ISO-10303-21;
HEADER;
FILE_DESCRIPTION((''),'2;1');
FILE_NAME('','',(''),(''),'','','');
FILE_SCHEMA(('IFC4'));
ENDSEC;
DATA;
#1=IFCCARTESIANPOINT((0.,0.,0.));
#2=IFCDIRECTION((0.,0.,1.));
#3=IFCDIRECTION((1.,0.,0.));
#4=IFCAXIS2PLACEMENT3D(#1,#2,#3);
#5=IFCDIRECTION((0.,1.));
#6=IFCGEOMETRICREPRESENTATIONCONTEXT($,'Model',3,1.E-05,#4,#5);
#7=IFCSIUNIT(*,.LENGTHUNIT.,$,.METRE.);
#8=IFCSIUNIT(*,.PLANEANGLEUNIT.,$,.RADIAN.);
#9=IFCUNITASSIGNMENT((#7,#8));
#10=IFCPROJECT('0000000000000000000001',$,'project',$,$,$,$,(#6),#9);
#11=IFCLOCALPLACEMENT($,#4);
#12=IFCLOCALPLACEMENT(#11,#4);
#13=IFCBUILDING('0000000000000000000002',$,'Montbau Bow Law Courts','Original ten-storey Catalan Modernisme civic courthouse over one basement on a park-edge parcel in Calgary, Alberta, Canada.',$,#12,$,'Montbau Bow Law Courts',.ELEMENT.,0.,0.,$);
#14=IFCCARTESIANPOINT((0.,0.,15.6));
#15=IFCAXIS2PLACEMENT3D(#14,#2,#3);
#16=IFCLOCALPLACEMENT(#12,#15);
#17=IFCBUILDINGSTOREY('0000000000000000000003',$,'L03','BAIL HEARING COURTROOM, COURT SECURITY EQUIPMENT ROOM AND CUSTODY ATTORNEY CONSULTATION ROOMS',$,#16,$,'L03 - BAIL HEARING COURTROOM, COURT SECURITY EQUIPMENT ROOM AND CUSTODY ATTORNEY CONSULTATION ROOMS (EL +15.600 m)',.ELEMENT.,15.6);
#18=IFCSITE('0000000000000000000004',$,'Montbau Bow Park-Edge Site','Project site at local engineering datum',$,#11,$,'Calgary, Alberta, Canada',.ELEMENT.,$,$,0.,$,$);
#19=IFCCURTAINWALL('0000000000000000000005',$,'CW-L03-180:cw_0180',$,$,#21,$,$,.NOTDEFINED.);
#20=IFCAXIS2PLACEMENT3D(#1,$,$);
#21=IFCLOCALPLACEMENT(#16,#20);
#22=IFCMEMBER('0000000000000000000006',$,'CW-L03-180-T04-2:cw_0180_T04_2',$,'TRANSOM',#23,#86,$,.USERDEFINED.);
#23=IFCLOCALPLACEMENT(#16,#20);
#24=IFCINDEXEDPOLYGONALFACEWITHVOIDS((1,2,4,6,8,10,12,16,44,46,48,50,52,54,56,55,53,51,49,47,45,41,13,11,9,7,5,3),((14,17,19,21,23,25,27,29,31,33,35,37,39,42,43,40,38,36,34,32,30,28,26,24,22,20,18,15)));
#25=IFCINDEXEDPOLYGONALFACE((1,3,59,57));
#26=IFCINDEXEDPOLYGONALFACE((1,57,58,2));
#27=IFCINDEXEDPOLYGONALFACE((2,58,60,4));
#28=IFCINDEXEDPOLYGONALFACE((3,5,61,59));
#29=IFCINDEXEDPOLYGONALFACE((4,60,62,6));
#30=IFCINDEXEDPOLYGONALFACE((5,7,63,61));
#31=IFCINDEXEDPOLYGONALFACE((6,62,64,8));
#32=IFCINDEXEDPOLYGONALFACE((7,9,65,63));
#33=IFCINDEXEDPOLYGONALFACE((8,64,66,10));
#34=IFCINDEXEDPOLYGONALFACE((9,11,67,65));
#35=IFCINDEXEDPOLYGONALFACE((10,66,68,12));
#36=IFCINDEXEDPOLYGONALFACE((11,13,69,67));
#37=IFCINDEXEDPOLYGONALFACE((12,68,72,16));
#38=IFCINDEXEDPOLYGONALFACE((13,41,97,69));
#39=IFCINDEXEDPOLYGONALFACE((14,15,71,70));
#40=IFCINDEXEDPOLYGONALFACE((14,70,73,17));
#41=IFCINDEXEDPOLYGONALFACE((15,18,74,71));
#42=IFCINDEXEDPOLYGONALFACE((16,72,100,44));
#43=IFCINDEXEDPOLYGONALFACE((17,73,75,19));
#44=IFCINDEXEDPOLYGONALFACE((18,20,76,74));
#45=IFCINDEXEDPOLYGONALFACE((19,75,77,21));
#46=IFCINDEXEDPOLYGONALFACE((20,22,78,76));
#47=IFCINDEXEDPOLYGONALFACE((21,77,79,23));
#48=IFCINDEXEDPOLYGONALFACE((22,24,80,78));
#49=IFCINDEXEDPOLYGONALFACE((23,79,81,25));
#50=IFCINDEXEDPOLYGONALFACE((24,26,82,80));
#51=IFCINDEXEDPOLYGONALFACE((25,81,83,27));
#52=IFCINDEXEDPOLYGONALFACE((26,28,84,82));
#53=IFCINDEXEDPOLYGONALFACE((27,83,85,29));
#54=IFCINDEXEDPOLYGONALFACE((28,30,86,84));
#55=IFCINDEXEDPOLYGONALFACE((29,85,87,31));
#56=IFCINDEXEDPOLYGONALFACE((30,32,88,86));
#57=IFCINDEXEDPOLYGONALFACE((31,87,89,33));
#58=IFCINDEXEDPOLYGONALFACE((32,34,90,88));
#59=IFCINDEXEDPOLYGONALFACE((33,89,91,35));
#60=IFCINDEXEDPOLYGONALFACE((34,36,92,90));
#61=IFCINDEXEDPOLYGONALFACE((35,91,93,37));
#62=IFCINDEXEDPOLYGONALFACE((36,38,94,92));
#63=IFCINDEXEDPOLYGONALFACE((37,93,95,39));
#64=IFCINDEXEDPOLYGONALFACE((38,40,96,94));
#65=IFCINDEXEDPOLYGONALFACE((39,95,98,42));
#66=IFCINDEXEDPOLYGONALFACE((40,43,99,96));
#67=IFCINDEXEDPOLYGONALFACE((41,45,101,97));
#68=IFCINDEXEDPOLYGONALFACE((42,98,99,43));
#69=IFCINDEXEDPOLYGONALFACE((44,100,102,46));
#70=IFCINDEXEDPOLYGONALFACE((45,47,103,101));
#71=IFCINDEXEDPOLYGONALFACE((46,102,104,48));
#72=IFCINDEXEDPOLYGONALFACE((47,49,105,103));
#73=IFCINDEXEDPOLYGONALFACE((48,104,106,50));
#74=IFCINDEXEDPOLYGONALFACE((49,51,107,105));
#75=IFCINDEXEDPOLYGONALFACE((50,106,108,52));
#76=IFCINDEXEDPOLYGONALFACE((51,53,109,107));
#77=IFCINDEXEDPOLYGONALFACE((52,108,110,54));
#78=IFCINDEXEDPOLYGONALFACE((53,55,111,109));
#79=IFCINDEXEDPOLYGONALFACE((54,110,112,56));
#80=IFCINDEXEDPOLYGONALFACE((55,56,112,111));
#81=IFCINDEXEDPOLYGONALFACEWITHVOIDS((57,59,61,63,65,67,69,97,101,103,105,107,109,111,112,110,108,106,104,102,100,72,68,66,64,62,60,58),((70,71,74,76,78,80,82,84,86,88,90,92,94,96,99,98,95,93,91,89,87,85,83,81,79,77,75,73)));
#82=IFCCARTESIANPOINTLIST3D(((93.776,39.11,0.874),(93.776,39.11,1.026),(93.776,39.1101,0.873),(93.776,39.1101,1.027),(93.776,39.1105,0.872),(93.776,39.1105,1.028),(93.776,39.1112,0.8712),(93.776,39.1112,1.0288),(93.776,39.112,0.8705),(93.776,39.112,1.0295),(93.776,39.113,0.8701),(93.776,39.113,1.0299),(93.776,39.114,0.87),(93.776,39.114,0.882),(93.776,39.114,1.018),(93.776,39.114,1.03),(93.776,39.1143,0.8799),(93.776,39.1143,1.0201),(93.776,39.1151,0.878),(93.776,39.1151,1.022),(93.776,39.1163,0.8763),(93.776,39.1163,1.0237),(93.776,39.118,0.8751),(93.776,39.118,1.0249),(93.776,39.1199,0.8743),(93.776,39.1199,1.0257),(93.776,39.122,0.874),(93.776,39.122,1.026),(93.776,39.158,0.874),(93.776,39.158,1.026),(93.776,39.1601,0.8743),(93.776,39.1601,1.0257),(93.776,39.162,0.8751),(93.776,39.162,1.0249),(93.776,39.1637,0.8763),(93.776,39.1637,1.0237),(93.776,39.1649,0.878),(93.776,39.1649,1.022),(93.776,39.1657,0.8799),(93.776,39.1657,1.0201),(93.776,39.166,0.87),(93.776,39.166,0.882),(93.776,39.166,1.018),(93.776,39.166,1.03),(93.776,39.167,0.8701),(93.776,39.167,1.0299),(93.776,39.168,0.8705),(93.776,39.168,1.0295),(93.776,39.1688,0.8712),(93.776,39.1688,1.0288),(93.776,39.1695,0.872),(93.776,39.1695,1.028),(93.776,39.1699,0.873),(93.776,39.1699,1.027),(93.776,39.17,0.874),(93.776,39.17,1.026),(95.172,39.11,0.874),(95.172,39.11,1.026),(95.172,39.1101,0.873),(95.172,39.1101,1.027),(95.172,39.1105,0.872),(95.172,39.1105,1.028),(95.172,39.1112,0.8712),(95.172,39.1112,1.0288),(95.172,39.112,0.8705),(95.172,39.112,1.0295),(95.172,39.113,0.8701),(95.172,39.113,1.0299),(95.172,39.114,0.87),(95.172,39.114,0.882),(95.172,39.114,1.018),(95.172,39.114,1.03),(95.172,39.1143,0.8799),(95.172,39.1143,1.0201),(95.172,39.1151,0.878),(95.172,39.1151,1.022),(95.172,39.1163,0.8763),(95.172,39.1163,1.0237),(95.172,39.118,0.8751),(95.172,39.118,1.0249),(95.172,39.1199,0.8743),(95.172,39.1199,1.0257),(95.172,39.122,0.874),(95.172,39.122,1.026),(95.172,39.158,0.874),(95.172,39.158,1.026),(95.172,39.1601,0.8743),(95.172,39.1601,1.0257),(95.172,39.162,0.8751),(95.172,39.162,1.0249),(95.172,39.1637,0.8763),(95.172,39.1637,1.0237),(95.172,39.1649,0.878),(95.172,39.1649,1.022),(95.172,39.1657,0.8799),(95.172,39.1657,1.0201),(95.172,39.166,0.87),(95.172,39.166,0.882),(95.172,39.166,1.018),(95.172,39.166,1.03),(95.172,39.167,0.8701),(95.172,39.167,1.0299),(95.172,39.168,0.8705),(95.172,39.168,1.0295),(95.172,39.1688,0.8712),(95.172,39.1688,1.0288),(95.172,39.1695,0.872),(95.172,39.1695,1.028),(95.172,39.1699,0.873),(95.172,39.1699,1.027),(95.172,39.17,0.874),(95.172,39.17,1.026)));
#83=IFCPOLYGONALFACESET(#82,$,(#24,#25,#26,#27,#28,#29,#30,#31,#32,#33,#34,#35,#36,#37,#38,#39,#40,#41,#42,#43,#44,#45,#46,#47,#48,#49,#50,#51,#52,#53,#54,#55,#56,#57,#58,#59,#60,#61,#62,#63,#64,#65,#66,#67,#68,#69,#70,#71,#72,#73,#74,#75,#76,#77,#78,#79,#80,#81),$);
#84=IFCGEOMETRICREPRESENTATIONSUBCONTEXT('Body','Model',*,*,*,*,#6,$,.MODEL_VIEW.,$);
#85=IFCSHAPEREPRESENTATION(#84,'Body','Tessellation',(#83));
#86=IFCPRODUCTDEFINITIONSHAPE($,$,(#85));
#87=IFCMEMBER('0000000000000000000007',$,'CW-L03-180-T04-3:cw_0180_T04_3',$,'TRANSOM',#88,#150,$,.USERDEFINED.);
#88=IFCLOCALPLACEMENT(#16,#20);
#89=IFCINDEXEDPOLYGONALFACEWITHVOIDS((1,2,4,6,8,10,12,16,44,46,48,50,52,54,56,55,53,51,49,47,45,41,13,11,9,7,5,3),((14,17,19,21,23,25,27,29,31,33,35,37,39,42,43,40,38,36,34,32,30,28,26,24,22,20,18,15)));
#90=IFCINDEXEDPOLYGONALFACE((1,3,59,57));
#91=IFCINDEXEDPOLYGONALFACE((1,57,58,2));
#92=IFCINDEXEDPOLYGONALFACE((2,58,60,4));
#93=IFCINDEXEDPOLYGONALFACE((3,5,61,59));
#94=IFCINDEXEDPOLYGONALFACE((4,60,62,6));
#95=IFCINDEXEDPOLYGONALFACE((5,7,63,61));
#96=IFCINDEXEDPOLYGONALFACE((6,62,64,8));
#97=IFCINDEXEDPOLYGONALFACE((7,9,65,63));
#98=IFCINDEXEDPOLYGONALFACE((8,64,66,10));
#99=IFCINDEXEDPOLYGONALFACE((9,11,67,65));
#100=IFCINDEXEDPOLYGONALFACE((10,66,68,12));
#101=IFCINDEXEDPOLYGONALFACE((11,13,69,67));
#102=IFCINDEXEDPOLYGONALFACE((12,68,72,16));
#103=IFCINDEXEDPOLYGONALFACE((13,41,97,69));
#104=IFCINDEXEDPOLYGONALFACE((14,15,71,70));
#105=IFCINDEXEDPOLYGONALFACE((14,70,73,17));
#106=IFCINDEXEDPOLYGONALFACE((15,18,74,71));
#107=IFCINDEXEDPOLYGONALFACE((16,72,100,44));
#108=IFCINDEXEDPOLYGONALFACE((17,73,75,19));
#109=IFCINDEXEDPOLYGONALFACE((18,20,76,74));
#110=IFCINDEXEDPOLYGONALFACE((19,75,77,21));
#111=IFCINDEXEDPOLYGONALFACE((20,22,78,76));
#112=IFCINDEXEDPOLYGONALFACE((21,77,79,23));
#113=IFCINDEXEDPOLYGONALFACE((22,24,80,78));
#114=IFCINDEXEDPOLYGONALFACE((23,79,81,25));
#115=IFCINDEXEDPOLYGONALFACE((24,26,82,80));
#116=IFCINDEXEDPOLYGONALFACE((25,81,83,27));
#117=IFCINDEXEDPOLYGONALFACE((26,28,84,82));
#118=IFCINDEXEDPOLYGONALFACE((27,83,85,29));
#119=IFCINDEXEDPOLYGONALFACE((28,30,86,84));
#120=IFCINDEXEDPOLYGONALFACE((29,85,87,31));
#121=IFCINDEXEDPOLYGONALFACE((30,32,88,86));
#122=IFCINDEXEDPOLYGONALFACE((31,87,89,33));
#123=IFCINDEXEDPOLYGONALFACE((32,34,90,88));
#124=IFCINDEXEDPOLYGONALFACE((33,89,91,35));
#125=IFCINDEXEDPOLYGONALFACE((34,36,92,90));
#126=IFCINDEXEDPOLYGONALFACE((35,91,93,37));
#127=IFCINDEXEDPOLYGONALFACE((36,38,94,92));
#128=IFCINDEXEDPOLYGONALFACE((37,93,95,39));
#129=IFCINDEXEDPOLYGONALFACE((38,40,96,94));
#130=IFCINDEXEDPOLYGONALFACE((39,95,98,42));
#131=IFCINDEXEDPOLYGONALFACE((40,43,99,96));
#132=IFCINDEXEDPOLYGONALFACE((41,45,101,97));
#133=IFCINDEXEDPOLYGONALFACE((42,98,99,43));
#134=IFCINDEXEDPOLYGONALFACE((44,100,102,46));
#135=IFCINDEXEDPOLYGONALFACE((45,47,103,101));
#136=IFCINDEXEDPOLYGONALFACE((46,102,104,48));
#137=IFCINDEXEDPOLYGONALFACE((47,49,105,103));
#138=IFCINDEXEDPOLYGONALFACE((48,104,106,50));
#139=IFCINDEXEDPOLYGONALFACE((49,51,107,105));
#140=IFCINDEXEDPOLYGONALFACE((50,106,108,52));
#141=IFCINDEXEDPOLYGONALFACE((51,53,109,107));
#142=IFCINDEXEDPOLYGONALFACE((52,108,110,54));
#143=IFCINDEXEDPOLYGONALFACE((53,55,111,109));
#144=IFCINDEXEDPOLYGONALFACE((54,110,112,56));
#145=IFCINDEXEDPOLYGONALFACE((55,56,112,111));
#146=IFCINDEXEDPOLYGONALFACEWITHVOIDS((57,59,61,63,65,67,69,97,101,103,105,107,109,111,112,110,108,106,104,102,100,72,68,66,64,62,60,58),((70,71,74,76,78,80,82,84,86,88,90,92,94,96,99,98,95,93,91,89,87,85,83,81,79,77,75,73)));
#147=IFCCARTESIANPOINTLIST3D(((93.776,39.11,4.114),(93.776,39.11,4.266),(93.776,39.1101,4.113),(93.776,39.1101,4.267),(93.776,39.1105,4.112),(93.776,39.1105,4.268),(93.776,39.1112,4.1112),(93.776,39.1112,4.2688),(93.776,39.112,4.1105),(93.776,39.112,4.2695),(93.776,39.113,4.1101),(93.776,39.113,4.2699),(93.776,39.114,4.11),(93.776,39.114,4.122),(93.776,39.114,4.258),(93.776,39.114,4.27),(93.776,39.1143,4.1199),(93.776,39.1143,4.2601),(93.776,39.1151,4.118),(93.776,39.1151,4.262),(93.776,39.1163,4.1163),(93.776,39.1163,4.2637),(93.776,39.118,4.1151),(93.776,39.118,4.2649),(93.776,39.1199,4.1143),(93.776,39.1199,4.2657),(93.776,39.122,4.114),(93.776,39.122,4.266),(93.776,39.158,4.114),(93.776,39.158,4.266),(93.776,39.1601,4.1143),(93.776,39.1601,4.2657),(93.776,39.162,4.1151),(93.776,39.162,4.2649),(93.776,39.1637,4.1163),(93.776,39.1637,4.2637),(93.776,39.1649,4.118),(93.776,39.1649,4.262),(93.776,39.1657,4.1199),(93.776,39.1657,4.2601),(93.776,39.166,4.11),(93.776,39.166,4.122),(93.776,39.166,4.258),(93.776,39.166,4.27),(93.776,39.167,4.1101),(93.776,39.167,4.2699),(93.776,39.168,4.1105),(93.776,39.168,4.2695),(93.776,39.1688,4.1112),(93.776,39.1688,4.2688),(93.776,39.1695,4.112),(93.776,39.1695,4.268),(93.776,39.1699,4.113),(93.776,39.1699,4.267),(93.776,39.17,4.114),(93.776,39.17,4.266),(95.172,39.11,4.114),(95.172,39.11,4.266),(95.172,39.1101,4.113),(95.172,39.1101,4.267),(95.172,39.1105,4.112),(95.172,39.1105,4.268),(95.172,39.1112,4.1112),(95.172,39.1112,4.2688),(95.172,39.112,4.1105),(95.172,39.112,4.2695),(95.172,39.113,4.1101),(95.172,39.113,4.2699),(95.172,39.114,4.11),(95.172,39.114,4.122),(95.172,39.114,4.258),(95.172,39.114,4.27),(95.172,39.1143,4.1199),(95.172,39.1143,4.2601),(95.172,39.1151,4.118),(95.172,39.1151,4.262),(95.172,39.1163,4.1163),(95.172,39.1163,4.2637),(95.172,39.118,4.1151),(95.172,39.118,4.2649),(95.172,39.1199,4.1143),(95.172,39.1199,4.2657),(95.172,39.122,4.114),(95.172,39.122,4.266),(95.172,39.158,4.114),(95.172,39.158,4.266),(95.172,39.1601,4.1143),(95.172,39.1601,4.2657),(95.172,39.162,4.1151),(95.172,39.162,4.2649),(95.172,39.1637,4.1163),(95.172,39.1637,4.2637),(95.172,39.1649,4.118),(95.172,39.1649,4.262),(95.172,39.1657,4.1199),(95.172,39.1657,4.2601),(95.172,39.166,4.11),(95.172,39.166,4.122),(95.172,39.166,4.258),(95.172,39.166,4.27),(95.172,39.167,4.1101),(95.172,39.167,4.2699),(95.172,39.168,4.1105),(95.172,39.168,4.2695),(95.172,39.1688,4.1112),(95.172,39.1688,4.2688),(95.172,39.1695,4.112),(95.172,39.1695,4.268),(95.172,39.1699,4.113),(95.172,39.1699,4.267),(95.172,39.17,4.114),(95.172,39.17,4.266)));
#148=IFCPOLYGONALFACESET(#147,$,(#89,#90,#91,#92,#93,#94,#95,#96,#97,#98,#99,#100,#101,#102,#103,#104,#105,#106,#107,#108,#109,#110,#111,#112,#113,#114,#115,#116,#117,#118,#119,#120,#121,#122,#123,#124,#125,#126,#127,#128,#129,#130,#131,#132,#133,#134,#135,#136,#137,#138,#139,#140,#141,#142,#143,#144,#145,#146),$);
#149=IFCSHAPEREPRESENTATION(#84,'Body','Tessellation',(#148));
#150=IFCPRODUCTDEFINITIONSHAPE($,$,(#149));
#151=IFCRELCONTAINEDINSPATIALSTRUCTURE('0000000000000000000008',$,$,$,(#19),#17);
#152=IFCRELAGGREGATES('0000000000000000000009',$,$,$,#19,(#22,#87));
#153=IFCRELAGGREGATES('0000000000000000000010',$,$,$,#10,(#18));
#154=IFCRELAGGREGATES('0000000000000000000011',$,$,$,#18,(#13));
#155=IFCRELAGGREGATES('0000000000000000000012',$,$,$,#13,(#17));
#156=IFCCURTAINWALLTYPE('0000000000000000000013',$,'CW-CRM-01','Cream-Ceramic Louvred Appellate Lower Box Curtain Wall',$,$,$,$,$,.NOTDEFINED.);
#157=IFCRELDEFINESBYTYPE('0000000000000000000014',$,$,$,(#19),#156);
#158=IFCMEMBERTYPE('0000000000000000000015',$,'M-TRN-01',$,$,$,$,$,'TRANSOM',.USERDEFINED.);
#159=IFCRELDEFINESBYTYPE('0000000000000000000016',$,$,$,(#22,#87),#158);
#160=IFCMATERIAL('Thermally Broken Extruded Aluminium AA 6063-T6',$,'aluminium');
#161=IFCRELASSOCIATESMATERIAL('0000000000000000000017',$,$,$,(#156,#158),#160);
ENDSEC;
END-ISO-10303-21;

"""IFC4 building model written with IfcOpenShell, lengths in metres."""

from ifc_helpers import new_model, si_unit, direction, frame, origin_with_axes, origin_2d_with_axis, place, context, subcontext, project, spatial, hollow_rectangle, extrude, material, material_profile, profile_set, type_object, element, aggregate, save


model = new_model("IFC4")

# Units and contexts
model_context = context("Model", 3, precision=1e-05, world=origin_with_axes(), true_north=direction((0.0, 1.0)))
body_context = subcontext(model_context, "Body", "Model", "MODEL_VIEW")
ifc_project = project(units=[si_unit("LENGTHUNIT", "METRE"), si_unit("PLANEANGLEUNIT", "RADIAN")], contexts=[model_context])

# Site, building, storey
site_placement = place(None, origin_with_axes())
site = spatial("IfcSite", under=ifc_project, at=site_placement, Name="Montbau Bow Park-Edge Site", Description="Project site at local engineering datum", LongName="Calgary, Alberta, Canada", CompositionType="ELEMENT", RefElevation=0.0)
building_placement = place(site_placement, origin_with_axes())
building = spatial("IfcBuilding", under=site, at=building_placement, Name="Montbau Bow Law Courts", Description="Original ten-storey Catalan Modernisme civic courthouse over one basement on a park-edge parcel in Calgary, Alberta, Canada.", LongName="Montbau Bow Law Courts", CompositionType="ELEMENT", ElevationOfRefHeight=0.0, ElevationOfTerrain=0.0)
storey_placement = place(building_placement, frame((0.0, 0.0, 15.6), z_axis=(0.0, 0.0, 1.0), x_axis=(1.0, 0.0, 0.0)))
storey = spatial("IfcBuildingStorey", under=building, at=storey_placement, Name="L03", Description="BAIL HEARING COURTROOM, COURT SECURITY EQUIPMENT ROOM AND CUSTODY ATTORNEY CONSULTATION ROOMS", LongName="L03 - BAIL HEARING COURTROOM, COURT SECURITY EQUIPMENT ROOM AND CUSTODY ATTORNEY CONSULTATION ROOMS (EL +15.600 m)", CompositionType="ELEMENT", Elevation=15.6)

# Curtain wall, members
ifc_material_1 = material(Name="Thermally Broken Extruded Aluminium AA 6063-T6", Category="aluminium")
curtain_wall_type = type_object("IfcCurtainWallType", Name="CW-CRM-01", Description="Cream-Ceramic Louvred Appellate Lower Box Curtain Wall", PredefinedType="NOTDEFINED", material=ifc_material_1)
curtain_wall_placement = place(None, frame((89.315, 39.14, 15.6), z_axis=(0.0, 0.0, 1.0), x_axis=(1.0, 0.0, 0.0)))
curtain_wall = element("IfcCurtainWall", 1, at=curtain_wall_placement, inside=storey, type_object=curtain_wall_type, Name="CW-L03-180:cw_0180", PredefinedType="NOTDEFINED")
ifc_material_profile_1 = material_profile(ifc_material_1, hollow_rectangle(XDim=0.06, YDim=0.16, WallThickness=0.004, InnerFilletRadius=0.008, OuterFilletRadius=0.004, at=origin_2d_with_axis()), Name="CWT-160X60", Category="Main", Priority=0)
ifc_profile_set_1 = profile_set([ifc_material_profile_1], Name="Thermally Broken Extruded Aluminium AA 6063-T6")
member_type_1 = type_object("IfcMemberType", Name="M-TRN-01", ElementType="TRANSOM", PredefinedType="USERDEFINED", material=ifc_profile_set_1)
member_1_placement = place(None, frame((93.776, 39.14, 16.55), z_axis=(1.0, 0.0, 0.0), x_axis=(0.0, 1.0, 0.0)))
member_1 = element("IfcMember", 2, at=member_1_placement, type_object=member_type_1, Name="CW-L03-180-T04-2:cw_0180_T04_2", ObjectType="TRANSOM", PredefinedType="USERDEFINED", context=body_context, shape_type="SweptSolid", body=[
    extrude(hollow_rectangle(XDim=0.06, YDim=0.16, WallThickness=0.004, InnerFilletRadius=0.008, OuterFilletRadius=0.004, at=origin_2d_with_axis()), origin_with_axes(), (0.0, 0.0, 1.0), 1.396),
])
member_2_placement = place(None, frame((93.776, 39.14, 19.79), z_axis=(1.0, 0.0, 0.0), x_axis=(0.0, 1.0, 0.0)))
member_2 = element("IfcMember", 3, at=member_2_placement, type_object=member_type_1, Name="CW-L03-180-T04-3:cw_0180_T04_3", ObjectType="TRANSOM", PredefinedType="USERDEFINED", context=body_context, shape_type="SweptSolid", body=[
    extrude(hollow_rectangle(XDim=0.06, YDim=0.16, WallThickness=0.004, InnerFilletRadius=0.008, OuterFilletRadius=0.004, at=origin_2d_with_axis()), origin_with_axes(), (0.0, 0.0, 1.0), 1.396),
])
aggregate(curtain_wall, [member_1, member_2])

save(model, "model.ifc")
